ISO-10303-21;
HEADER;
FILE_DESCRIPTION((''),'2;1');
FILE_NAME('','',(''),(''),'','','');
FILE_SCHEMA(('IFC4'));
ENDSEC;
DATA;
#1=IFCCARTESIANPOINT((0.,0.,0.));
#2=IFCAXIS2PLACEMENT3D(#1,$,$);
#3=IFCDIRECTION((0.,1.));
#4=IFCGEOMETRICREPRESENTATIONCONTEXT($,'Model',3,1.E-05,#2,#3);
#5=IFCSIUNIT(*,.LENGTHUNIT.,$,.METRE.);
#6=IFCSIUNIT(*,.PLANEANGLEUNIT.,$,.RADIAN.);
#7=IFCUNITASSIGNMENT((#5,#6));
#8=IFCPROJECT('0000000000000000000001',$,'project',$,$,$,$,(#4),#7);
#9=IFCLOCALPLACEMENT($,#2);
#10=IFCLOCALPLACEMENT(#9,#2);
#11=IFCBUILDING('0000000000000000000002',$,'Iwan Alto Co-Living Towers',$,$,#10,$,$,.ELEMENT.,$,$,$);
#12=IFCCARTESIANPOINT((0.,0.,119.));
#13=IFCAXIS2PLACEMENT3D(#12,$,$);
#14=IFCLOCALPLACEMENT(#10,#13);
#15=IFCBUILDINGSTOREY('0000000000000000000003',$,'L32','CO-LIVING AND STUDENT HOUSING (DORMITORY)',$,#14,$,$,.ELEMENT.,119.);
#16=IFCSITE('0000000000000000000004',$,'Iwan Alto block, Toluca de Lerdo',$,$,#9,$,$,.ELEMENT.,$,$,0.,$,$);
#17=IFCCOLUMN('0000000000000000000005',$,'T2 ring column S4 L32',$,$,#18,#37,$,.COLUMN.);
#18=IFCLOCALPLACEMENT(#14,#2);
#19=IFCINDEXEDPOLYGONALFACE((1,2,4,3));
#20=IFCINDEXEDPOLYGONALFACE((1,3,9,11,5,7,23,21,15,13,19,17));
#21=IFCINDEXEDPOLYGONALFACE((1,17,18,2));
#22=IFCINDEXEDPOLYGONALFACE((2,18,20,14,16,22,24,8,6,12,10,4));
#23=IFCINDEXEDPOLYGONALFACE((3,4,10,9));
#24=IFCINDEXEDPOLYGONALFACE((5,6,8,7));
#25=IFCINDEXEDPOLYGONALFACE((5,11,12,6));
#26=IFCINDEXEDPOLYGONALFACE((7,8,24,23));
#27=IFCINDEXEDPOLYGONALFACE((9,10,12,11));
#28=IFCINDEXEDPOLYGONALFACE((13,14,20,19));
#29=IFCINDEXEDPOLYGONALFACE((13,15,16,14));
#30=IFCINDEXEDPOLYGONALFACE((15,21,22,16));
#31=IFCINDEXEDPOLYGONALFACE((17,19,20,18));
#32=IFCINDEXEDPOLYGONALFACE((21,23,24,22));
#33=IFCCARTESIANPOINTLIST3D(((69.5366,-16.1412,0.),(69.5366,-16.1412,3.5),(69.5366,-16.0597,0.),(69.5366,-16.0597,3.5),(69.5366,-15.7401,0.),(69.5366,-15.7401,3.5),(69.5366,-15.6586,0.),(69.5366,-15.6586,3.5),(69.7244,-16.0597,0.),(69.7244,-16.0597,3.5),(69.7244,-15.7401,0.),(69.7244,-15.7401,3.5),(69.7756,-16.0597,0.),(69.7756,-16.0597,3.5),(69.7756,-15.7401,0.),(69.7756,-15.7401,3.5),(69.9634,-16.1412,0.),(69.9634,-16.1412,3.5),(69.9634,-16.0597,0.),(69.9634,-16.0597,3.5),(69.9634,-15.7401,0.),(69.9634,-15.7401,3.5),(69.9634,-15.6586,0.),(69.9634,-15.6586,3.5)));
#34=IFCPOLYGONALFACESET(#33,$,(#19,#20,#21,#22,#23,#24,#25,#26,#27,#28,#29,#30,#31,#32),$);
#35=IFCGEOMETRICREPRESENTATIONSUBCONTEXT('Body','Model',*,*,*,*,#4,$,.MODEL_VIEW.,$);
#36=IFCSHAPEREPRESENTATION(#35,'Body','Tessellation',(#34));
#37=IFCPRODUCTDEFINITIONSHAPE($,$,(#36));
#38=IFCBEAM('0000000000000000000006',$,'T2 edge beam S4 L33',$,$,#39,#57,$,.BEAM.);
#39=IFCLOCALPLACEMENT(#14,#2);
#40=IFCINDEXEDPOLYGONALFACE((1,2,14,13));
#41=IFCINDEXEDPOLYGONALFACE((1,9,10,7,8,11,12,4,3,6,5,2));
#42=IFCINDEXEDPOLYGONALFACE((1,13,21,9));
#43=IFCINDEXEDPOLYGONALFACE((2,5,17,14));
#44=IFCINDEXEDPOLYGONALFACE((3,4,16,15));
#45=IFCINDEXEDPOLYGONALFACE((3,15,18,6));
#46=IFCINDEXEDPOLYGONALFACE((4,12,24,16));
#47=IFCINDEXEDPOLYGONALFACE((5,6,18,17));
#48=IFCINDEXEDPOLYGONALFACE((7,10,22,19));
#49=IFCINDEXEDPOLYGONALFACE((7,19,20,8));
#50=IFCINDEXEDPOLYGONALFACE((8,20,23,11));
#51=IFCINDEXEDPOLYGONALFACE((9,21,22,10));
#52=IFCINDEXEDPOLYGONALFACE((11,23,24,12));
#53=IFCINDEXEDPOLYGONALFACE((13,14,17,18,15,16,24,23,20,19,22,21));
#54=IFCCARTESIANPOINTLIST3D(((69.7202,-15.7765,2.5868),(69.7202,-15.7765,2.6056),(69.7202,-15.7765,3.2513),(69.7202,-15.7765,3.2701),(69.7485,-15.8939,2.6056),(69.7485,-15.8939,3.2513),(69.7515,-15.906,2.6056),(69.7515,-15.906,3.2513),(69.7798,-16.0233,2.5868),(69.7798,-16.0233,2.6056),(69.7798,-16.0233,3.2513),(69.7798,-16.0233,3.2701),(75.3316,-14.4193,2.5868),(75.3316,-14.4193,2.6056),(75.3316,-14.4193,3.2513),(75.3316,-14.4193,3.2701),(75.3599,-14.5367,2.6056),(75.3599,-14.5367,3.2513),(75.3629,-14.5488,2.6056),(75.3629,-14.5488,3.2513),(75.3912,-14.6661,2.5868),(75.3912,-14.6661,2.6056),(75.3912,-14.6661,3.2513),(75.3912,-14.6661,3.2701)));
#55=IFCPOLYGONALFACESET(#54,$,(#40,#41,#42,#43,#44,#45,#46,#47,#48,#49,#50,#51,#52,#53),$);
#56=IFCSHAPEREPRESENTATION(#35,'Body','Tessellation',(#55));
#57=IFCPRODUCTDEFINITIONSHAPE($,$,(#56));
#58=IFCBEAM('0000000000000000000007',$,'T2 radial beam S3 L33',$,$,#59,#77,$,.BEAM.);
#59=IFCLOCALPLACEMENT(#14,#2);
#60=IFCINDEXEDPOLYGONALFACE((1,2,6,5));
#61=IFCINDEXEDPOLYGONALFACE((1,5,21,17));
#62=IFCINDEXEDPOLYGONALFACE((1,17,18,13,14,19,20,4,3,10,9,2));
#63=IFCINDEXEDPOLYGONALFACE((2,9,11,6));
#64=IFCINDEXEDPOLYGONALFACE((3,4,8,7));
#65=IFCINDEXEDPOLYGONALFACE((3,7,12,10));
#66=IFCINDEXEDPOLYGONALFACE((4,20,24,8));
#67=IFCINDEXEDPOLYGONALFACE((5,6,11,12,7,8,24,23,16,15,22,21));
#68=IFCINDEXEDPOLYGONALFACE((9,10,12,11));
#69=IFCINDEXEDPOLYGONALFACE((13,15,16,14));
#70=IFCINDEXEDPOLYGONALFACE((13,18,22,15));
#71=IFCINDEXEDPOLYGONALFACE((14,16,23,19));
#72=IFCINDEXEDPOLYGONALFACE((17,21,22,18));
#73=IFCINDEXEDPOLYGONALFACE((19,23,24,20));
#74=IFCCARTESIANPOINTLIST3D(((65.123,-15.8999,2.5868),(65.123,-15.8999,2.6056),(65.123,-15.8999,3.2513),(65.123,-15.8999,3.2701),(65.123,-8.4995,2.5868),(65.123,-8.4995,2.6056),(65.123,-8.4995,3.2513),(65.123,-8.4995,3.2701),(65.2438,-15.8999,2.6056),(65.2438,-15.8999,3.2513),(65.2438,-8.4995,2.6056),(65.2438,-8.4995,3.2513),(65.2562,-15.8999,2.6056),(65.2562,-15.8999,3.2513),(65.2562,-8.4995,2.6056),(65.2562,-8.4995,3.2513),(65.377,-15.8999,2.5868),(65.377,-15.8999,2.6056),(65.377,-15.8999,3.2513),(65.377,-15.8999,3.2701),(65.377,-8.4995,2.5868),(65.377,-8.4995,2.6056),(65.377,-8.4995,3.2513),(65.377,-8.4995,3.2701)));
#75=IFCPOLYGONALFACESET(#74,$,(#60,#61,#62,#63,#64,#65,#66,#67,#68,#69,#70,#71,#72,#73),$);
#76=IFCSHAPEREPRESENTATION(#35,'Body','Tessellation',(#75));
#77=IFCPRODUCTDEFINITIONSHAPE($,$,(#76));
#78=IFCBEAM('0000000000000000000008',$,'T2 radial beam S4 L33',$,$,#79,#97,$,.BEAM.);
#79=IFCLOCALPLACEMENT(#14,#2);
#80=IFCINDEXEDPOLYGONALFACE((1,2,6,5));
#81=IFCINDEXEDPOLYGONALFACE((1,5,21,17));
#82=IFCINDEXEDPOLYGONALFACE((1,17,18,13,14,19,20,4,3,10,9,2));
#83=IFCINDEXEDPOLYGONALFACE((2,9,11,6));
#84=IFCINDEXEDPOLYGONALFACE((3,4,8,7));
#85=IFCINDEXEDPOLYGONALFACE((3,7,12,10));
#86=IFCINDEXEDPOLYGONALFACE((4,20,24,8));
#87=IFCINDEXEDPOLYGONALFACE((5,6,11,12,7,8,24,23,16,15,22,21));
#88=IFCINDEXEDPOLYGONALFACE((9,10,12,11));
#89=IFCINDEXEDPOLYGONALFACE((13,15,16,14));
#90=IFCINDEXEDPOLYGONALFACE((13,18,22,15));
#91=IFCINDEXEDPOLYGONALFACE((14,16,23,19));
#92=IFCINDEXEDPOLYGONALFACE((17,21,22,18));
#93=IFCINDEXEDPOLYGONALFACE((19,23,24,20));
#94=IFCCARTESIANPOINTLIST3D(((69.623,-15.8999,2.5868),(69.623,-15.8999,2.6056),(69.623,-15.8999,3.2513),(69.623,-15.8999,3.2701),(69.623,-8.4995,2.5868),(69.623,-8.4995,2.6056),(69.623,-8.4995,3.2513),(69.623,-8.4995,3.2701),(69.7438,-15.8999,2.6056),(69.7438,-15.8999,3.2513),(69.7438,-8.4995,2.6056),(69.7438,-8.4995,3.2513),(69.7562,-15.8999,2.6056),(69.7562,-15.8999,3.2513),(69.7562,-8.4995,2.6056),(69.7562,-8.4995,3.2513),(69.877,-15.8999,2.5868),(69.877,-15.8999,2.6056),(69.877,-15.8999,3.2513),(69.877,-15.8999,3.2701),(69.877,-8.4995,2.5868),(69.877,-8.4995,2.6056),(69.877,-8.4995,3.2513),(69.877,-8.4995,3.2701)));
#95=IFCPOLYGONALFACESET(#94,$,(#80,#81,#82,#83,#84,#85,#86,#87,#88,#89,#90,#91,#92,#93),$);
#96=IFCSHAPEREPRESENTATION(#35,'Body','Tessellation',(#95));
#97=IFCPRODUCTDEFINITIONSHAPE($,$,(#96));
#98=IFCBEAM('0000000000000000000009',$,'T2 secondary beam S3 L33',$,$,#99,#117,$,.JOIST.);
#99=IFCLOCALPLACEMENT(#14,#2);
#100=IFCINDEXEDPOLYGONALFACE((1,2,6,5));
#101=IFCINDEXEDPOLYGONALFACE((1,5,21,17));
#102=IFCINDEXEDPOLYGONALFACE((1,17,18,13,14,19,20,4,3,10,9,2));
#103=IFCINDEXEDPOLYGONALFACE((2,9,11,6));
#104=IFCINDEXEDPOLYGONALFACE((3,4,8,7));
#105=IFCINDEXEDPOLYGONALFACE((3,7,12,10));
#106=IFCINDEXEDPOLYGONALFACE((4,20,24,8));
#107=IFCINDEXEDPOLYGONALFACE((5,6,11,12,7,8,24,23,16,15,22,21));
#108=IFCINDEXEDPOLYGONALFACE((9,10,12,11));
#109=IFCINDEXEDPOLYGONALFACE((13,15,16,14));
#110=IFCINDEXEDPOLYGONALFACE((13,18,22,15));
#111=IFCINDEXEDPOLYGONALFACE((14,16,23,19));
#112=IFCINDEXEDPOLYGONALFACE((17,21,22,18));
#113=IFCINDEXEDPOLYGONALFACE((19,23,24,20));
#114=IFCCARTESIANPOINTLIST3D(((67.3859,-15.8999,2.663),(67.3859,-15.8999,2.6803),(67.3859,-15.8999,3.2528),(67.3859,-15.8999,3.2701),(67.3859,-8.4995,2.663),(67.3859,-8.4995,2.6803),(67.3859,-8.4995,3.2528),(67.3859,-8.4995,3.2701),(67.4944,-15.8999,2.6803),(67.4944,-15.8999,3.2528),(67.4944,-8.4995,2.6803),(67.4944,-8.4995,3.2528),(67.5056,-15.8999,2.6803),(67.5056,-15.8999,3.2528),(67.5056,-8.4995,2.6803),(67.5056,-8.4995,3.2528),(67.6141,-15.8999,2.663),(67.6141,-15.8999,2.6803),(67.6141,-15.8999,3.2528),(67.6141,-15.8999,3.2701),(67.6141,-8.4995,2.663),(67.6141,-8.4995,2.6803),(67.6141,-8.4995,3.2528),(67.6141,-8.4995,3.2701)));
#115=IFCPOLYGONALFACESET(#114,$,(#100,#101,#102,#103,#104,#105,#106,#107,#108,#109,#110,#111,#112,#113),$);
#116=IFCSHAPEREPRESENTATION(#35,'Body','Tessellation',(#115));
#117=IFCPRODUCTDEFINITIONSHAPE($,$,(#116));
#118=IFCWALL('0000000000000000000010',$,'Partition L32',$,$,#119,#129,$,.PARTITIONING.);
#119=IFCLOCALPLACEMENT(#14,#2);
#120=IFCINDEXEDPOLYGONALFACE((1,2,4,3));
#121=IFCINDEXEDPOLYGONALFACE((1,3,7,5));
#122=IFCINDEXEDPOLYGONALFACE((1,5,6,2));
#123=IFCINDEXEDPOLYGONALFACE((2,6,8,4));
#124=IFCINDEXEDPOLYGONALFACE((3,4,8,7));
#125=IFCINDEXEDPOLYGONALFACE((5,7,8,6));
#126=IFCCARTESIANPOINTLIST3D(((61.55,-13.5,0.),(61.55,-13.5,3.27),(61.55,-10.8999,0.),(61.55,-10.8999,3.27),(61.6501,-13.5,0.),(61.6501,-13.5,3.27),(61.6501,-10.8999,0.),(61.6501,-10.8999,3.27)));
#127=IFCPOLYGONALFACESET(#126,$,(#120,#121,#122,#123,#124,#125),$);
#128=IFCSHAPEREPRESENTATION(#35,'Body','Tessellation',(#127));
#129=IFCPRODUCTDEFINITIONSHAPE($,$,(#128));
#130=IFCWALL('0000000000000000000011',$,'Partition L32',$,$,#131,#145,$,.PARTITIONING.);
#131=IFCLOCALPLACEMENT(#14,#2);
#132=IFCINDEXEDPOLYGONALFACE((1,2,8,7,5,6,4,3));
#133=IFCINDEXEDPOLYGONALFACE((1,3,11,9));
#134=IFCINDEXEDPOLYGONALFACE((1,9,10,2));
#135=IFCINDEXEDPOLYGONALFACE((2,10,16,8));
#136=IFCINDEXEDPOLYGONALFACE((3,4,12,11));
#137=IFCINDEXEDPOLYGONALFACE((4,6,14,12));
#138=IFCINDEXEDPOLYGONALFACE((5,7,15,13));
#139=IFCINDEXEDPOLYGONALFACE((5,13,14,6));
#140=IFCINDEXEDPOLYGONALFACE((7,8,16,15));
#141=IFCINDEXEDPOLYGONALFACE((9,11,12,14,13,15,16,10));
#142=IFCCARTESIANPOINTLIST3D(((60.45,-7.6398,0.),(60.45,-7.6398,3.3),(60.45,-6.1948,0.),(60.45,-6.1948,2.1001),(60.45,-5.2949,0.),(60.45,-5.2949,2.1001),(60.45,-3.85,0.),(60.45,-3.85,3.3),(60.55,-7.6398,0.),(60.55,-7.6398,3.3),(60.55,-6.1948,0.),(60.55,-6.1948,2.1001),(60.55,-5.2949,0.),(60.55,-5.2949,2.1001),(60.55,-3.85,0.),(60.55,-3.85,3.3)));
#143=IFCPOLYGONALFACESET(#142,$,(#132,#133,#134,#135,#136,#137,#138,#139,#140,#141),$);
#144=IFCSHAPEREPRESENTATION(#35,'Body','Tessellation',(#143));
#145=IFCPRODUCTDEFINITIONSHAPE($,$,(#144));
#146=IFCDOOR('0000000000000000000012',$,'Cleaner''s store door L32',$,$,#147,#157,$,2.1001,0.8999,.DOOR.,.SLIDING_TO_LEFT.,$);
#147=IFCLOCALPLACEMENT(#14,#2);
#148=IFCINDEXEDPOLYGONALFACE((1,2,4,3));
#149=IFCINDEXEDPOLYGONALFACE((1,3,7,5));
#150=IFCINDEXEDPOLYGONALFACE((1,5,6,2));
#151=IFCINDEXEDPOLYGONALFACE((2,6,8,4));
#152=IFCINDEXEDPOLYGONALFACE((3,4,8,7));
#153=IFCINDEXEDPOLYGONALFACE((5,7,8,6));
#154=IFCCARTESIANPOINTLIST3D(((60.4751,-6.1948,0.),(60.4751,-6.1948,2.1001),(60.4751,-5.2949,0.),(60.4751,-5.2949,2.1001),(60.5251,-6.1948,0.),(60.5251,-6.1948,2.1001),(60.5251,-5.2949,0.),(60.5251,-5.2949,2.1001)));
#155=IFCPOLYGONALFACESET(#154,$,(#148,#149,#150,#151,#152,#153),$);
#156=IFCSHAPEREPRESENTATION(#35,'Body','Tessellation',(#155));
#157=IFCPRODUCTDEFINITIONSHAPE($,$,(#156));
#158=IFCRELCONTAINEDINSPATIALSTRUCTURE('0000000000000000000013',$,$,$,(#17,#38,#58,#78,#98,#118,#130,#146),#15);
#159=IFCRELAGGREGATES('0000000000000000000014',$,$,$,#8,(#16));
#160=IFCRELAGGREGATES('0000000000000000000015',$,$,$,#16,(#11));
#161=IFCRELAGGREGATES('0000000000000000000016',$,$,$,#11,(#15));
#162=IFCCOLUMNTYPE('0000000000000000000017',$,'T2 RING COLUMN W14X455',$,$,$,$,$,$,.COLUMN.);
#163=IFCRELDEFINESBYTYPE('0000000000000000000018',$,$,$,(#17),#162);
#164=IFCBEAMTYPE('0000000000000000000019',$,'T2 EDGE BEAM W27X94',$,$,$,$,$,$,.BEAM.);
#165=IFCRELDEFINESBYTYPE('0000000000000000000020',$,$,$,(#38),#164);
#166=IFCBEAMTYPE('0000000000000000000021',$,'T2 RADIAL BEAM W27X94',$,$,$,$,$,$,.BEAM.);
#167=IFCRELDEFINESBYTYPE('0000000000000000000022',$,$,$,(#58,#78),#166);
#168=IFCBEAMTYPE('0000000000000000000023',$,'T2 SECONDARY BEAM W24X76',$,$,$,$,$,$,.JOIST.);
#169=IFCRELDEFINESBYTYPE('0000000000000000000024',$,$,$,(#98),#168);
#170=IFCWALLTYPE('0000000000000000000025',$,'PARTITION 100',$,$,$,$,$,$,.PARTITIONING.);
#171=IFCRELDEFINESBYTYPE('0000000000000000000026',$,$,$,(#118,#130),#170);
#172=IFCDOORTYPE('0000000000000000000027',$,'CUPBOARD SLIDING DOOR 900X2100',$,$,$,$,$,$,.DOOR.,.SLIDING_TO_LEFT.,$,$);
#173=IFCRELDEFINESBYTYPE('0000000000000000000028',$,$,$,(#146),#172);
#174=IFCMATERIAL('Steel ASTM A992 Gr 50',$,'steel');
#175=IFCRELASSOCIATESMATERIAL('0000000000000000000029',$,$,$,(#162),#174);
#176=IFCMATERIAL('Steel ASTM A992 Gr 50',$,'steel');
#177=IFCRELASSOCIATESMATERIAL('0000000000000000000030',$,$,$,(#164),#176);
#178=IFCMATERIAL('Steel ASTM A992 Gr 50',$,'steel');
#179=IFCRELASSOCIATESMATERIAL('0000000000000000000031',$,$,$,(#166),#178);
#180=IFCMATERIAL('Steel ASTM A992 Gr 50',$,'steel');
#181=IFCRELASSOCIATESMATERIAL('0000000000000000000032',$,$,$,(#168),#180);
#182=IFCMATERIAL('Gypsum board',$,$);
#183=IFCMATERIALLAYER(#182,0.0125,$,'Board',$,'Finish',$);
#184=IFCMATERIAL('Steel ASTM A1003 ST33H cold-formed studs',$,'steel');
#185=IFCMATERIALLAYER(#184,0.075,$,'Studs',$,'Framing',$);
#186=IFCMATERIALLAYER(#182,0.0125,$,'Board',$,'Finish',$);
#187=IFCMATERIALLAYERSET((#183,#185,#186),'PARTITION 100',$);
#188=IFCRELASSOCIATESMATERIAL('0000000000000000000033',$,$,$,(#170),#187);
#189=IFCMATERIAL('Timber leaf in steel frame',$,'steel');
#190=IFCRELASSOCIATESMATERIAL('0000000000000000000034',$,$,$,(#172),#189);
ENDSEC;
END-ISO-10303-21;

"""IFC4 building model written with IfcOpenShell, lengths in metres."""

from ifc_helpers import new_model, si_unit, direction, frame, frame_2d, origin, origin_2d, place, context, subcontext, project, spatial, rectangle, i_section, extrude, material, layer, layer_set, material_profile, profile_set, type_object, element, fill, save


model = new_model("IFC4")

# Units and contexts
model_context = context("Model", 3, precision=1e-05, world=origin(), true_north=direction((0.0, 1.0)))
body_context = subcontext(model_context, "Body", "Model", "MODEL_VIEW")
ifc_project = project(units=[si_unit("LENGTHUNIT", "METRE"), si_unit("PLANEANGLEUNIT", "RADIAN")], contexts=[model_context])

# Site, building, storey
site_placement = place(None, origin())
site = spatial("IfcSite", under=ifc_project, at=site_placement, Name="Iwan Alto block, Toluca de Lerdo", CompositionType="ELEMENT", RefElevation=0.0)
building_placement = place(site_placement, origin())
building = spatial("IfcBuilding", under=site, at=building_placement, Name="Iwan Alto Co-Living Towers", CompositionType="ELEMENT")
storey_placement = place(building_placement, frame((0.0, 0.0, 119.0)))
storey = spatial("IfcBuildingStorey", under=building, at=storey_placement, Name="L32", Description="CO-LIVING AND STUDENT HOUSING (DORMITORY)", CompositionType="ELEMENT", Elevation=119.0)

# Column
ifc_material_1 = material(Name="Steel ASTM A992 Gr 50", Category="steel")
ifc_material_profile_1 = material_profile(ifc_material_1, i_section(OverallWidth=0.4268, OverallDepth=0.4827, WebThickness=0.0513, FlangeThickness=0.0815, at=origin_2d()), Name="W14X455")
ifc_profile_set_1 = profile_set([ifc_material_profile_1], Name="Steel ASTM A992 Gr 50")
column_type = type_object("IfcColumnType", Name="T2 RING COLUMN W14X455", PredefinedType="COLUMN", material=ifc_profile_set_1)
column_placement = place(storey_placement, frame((69.75, -15.8999, 0.0), z_axis=(0.0, 0.0, 1.0), x_axis=(1.0, 0.0, 0.0)))
element("IfcColumn", 1, at=column_placement, inside=storey, type_object=column_type, Name="T2 ring column S4 L32", PredefinedType="COLUMN", context=body_context, shape_type="SweptSolid", body=[
    extrude(i_section(OverallWidth=0.4268, OverallDepth=0.4827, WebThickness=0.0513, FlangeThickness=0.0815, at=origin_2d()), origin(), (0.0, 0.0, 1.0), 3.5),
])

# Beams
ifc_material_2 = material(Name="Steel ASTM A992 Gr 50", Category="steel")
ifc_material_profile_2 = material_profile(ifc_material_2, i_section(OverallWidth=0.2539, OverallDepth=0.6833, WebThickness=0.0125, FlangeThickness=0.0188, at=origin_2d()), Name="W27X94")
ifc_profile_set_2 = profile_set([ifc_material_profile_2], Name="Steel ASTM A992 Gr 50")
beam_type_1 = type_object("IfcBeamType", Name="T2 EDGE BEAM W27X94", PredefinedType="BEAM", material=ifc_profile_set_2)
beam_1_placement = place(storey_placement, frame((69.75, -15.8999, 2.9285), z_axis=(0.971975, 0.235086, 0.0), x_axis=(-0.235086, 0.971975, 0.0)))
element("IfcBeam", 2, at=beam_1_placement, inside=storey, type_object=beam_type_1, Name="T2 edge beam S4 L33", PredefinedType="BEAM", context=body_context, shape_type="SweptSolid", body=[
    extrude(i_section(OverallWidth=0.2539, OverallDepth=0.6833, WebThickness=0.0125, FlangeThickness=0.0188, at=origin_2d()), origin(), (0.0, 0.0, 1.0), 5.7732),
])
ifc_material_3 = material(Name="Steel ASTM A992 Gr 50", Category="steel")
ifc_material_profile_3 = material_profile(ifc_material_3, i_section(OverallWidth=0.2539, OverallDepth=0.6833, WebThickness=0.0125, FlangeThickness=0.0188, at=origin_2d()), Name="W27X94")
ifc_profile_set_3 = profile_set([ifc_material_profile_3], Name="Steel ASTM A992 Gr 50")
beam_type_2 = type_object("IfcBeamType", Name="T2 RADIAL BEAM W27X94", PredefinedType="BEAM", material=ifc_profile_set_3)
for number, where, z_axis, x_axis, name in (
    (3, (65.25, -15.8999, 2.9285), (0.0, 1.0, 0.0), (-1.0, 0.0, 0.0), "T2 radial beam S3 L33"),
    (4, (69.75, -15.8999, 2.9285), (0.0, 1.0, 0.0), (-1.0, 0.0, 0.0), "T2 radial beam S4 L33"),
):
    element("IfcBeam", number, at=place(storey_placement, frame(where, z_axis=z_axis, x_axis=x_axis)), inside=storey, type_object=beam_type_2, Name=name, PredefinedType="BEAM", context=body_context, shape_type="SweptSolid", body=[
        extrude(i_section(OverallWidth=0.2539, OverallDepth=0.6833, WebThickness=0.0125, FlangeThickness=0.0188, at=origin_2d()), origin(), (0.0, 0.0, 1.0), 7.4004),
    ])
ifc_material_4 = material(Name="Steel ASTM A992 Gr 50", Category="steel")
ifc_material_profile_4 = material_profile(ifc_material_4, i_section(OverallWidth=0.2283, OverallDepth=0.6072, WebThickness=0.0112, FlangeThickness=0.0173, at=origin_2d()), Name="W24X76")
ifc_profile_set_4 = profile_set([ifc_material_profile_4], Name="Steel ASTM A992 Gr 50")
beam_type_3 = type_object("IfcBeamType", Name="T2 SECONDARY BEAM W24X76", PredefinedType="JOIST", material=ifc_profile_set_4)
beam_2_placement = place(storey_placement, frame((67.5, -15.8999, 2.9666), z_axis=(0.0, 1.0, 0.0), x_axis=(-1.0, 0.0, 0.0)))
element("IfcBeam", 5, at=beam_2_placement, inside=storey, type_object=beam_type_3, Name="T2 secondary beam S3 L33", PredefinedType="JOIST", context=body_context, shape_type="SweptSolid", body=[
    extrude(i_section(OverallWidth=0.2283, OverallDepth=0.6072, WebThickness=0.0112, FlangeThickness=0.0173, at=origin_2d()), origin(), (0.0, 0.0, 1.0), 7.4004),
])

# Wall
ifc_material_5 = material(Name="Gypsum board")
ifc_layer_1 = layer(ifc_material_5, 0.0125, Name="Board", Category="Finish")
ifc_material_6 = material(Name="Steel ASTM A1003 ST33H cold-formed studs", Category="steel")
ifc_layer_2 = layer(ifc_material_6, 0.075, Name="Studs", Category="Framing")
ifc_layer_3 = layer(ifc_material_5, 0.0125, Name="Board", Category="Finish")
ifc_layer_set_1 = layer_set([ifc_layer_1, ifc_layer_2, ifc_layer_3], Name="PARTITION 100")
wall_type_1 = type_object("IfcWallType", Name="PARTITION 100", PredefinedType="PARTITIONING", material=ifc_layer_set_1)
wall_1_placement = place(storey_placement, frame((61.6001, -13.5, 0.0), z_axis=(0.0, 0.0, 1.0), x_axis=(0.0, 1.0, 0.0)))
element("IfcWall", 6, at=wall_1_placement, inside=storey, type_object=wall_type_1, Name="Partition L32", PredefinedType="PARTITIONING", context=body_context, shape_type="SweptSolid", body=[
    extrude(rectangle(XDim=2.6001, YDim=0.1001, at=frame_2d((1.3, 0.0))), origin(), (0.0, 0.0, 1.0), 3.27),
])

# Wall, opening, door
wall_2_placement = place(storey_placement, frame((60.5, -7.6399, 0.0), z_axis=(0.0, 0.0, 1.0), x_axis=(0.0, 1.0, 0.0)))
wall_2 = element("IfcWall", 7, at=wall_2_placement, inside=storey, type_object=wall_type_1, Name="Partition L32", PredefinedType="PARTITIONING", context=body_context, shape_type="SweptSolid", body=[
    extrude(rectangle(XDim=3.7898, YDim=0.1001, at=frame_2d((1.895, 0.0))), origin(), (0.0, 0.0, 1.0), 3.3),
])
opening_1_placement = place(wall_2_placement, frame((1.4451, 0.0, 0.0)))
opening_1 = element("IfcOpeningElement", 8, at=opening_1_placement, cuts=wall_2, PredefinedType="OPENING", context=body_context, shape_type="SweptSolid", body=[
    extrude(rectangle(XDim=0.8999, YDim=2.1001, at=frame_2d((0.45, 1.05))), frame((0.0, 0.0601, 0.0), z_axis=(0.0, -1.0, 0.0), x_axis=(1.0, 0.0, 0.0)), (0.0, 0.0, 1.0), 0.1201),
])
ifc_material_7 = material(Name="Timber leaf in steel frame", Category="steel")
door_type_1 = type_object("IfcDoorType", Name="CUPBOARD SLIDING DOOR 900X2100", OperationType="SLIDING_TO_LEFT", PredefinedType="DOOR", material=ifc_material_7)
door_1_placement = place(opening_1_placement, origin())
door_1 = element("IfcDoor", 9, at=door_1_placement, inside=storey, type_object=door_type_1, Name="Cleaner's store door L32", OperationType="SLIDING_TO_LEFT", OverallHeight=2.1001, OverallWidth=0.8999, PredefinedType="DOOR", context=body_context, shape_type="SweptSolid", body=[
    extrude(rectangle(XDim=0.8999, YDim=2.1001, at=frame_2d((0.45, 1.05))), frame((0.0, 0.0249, 0.0), z_axis=(0.0, -1.0, 0.0), x_axis=(1.0, 0.0, 0.0)), (0.0, 0.0, 1.0), 0.05),
])
fill(opening_1, door_1)

save(model, "model.ifc")
